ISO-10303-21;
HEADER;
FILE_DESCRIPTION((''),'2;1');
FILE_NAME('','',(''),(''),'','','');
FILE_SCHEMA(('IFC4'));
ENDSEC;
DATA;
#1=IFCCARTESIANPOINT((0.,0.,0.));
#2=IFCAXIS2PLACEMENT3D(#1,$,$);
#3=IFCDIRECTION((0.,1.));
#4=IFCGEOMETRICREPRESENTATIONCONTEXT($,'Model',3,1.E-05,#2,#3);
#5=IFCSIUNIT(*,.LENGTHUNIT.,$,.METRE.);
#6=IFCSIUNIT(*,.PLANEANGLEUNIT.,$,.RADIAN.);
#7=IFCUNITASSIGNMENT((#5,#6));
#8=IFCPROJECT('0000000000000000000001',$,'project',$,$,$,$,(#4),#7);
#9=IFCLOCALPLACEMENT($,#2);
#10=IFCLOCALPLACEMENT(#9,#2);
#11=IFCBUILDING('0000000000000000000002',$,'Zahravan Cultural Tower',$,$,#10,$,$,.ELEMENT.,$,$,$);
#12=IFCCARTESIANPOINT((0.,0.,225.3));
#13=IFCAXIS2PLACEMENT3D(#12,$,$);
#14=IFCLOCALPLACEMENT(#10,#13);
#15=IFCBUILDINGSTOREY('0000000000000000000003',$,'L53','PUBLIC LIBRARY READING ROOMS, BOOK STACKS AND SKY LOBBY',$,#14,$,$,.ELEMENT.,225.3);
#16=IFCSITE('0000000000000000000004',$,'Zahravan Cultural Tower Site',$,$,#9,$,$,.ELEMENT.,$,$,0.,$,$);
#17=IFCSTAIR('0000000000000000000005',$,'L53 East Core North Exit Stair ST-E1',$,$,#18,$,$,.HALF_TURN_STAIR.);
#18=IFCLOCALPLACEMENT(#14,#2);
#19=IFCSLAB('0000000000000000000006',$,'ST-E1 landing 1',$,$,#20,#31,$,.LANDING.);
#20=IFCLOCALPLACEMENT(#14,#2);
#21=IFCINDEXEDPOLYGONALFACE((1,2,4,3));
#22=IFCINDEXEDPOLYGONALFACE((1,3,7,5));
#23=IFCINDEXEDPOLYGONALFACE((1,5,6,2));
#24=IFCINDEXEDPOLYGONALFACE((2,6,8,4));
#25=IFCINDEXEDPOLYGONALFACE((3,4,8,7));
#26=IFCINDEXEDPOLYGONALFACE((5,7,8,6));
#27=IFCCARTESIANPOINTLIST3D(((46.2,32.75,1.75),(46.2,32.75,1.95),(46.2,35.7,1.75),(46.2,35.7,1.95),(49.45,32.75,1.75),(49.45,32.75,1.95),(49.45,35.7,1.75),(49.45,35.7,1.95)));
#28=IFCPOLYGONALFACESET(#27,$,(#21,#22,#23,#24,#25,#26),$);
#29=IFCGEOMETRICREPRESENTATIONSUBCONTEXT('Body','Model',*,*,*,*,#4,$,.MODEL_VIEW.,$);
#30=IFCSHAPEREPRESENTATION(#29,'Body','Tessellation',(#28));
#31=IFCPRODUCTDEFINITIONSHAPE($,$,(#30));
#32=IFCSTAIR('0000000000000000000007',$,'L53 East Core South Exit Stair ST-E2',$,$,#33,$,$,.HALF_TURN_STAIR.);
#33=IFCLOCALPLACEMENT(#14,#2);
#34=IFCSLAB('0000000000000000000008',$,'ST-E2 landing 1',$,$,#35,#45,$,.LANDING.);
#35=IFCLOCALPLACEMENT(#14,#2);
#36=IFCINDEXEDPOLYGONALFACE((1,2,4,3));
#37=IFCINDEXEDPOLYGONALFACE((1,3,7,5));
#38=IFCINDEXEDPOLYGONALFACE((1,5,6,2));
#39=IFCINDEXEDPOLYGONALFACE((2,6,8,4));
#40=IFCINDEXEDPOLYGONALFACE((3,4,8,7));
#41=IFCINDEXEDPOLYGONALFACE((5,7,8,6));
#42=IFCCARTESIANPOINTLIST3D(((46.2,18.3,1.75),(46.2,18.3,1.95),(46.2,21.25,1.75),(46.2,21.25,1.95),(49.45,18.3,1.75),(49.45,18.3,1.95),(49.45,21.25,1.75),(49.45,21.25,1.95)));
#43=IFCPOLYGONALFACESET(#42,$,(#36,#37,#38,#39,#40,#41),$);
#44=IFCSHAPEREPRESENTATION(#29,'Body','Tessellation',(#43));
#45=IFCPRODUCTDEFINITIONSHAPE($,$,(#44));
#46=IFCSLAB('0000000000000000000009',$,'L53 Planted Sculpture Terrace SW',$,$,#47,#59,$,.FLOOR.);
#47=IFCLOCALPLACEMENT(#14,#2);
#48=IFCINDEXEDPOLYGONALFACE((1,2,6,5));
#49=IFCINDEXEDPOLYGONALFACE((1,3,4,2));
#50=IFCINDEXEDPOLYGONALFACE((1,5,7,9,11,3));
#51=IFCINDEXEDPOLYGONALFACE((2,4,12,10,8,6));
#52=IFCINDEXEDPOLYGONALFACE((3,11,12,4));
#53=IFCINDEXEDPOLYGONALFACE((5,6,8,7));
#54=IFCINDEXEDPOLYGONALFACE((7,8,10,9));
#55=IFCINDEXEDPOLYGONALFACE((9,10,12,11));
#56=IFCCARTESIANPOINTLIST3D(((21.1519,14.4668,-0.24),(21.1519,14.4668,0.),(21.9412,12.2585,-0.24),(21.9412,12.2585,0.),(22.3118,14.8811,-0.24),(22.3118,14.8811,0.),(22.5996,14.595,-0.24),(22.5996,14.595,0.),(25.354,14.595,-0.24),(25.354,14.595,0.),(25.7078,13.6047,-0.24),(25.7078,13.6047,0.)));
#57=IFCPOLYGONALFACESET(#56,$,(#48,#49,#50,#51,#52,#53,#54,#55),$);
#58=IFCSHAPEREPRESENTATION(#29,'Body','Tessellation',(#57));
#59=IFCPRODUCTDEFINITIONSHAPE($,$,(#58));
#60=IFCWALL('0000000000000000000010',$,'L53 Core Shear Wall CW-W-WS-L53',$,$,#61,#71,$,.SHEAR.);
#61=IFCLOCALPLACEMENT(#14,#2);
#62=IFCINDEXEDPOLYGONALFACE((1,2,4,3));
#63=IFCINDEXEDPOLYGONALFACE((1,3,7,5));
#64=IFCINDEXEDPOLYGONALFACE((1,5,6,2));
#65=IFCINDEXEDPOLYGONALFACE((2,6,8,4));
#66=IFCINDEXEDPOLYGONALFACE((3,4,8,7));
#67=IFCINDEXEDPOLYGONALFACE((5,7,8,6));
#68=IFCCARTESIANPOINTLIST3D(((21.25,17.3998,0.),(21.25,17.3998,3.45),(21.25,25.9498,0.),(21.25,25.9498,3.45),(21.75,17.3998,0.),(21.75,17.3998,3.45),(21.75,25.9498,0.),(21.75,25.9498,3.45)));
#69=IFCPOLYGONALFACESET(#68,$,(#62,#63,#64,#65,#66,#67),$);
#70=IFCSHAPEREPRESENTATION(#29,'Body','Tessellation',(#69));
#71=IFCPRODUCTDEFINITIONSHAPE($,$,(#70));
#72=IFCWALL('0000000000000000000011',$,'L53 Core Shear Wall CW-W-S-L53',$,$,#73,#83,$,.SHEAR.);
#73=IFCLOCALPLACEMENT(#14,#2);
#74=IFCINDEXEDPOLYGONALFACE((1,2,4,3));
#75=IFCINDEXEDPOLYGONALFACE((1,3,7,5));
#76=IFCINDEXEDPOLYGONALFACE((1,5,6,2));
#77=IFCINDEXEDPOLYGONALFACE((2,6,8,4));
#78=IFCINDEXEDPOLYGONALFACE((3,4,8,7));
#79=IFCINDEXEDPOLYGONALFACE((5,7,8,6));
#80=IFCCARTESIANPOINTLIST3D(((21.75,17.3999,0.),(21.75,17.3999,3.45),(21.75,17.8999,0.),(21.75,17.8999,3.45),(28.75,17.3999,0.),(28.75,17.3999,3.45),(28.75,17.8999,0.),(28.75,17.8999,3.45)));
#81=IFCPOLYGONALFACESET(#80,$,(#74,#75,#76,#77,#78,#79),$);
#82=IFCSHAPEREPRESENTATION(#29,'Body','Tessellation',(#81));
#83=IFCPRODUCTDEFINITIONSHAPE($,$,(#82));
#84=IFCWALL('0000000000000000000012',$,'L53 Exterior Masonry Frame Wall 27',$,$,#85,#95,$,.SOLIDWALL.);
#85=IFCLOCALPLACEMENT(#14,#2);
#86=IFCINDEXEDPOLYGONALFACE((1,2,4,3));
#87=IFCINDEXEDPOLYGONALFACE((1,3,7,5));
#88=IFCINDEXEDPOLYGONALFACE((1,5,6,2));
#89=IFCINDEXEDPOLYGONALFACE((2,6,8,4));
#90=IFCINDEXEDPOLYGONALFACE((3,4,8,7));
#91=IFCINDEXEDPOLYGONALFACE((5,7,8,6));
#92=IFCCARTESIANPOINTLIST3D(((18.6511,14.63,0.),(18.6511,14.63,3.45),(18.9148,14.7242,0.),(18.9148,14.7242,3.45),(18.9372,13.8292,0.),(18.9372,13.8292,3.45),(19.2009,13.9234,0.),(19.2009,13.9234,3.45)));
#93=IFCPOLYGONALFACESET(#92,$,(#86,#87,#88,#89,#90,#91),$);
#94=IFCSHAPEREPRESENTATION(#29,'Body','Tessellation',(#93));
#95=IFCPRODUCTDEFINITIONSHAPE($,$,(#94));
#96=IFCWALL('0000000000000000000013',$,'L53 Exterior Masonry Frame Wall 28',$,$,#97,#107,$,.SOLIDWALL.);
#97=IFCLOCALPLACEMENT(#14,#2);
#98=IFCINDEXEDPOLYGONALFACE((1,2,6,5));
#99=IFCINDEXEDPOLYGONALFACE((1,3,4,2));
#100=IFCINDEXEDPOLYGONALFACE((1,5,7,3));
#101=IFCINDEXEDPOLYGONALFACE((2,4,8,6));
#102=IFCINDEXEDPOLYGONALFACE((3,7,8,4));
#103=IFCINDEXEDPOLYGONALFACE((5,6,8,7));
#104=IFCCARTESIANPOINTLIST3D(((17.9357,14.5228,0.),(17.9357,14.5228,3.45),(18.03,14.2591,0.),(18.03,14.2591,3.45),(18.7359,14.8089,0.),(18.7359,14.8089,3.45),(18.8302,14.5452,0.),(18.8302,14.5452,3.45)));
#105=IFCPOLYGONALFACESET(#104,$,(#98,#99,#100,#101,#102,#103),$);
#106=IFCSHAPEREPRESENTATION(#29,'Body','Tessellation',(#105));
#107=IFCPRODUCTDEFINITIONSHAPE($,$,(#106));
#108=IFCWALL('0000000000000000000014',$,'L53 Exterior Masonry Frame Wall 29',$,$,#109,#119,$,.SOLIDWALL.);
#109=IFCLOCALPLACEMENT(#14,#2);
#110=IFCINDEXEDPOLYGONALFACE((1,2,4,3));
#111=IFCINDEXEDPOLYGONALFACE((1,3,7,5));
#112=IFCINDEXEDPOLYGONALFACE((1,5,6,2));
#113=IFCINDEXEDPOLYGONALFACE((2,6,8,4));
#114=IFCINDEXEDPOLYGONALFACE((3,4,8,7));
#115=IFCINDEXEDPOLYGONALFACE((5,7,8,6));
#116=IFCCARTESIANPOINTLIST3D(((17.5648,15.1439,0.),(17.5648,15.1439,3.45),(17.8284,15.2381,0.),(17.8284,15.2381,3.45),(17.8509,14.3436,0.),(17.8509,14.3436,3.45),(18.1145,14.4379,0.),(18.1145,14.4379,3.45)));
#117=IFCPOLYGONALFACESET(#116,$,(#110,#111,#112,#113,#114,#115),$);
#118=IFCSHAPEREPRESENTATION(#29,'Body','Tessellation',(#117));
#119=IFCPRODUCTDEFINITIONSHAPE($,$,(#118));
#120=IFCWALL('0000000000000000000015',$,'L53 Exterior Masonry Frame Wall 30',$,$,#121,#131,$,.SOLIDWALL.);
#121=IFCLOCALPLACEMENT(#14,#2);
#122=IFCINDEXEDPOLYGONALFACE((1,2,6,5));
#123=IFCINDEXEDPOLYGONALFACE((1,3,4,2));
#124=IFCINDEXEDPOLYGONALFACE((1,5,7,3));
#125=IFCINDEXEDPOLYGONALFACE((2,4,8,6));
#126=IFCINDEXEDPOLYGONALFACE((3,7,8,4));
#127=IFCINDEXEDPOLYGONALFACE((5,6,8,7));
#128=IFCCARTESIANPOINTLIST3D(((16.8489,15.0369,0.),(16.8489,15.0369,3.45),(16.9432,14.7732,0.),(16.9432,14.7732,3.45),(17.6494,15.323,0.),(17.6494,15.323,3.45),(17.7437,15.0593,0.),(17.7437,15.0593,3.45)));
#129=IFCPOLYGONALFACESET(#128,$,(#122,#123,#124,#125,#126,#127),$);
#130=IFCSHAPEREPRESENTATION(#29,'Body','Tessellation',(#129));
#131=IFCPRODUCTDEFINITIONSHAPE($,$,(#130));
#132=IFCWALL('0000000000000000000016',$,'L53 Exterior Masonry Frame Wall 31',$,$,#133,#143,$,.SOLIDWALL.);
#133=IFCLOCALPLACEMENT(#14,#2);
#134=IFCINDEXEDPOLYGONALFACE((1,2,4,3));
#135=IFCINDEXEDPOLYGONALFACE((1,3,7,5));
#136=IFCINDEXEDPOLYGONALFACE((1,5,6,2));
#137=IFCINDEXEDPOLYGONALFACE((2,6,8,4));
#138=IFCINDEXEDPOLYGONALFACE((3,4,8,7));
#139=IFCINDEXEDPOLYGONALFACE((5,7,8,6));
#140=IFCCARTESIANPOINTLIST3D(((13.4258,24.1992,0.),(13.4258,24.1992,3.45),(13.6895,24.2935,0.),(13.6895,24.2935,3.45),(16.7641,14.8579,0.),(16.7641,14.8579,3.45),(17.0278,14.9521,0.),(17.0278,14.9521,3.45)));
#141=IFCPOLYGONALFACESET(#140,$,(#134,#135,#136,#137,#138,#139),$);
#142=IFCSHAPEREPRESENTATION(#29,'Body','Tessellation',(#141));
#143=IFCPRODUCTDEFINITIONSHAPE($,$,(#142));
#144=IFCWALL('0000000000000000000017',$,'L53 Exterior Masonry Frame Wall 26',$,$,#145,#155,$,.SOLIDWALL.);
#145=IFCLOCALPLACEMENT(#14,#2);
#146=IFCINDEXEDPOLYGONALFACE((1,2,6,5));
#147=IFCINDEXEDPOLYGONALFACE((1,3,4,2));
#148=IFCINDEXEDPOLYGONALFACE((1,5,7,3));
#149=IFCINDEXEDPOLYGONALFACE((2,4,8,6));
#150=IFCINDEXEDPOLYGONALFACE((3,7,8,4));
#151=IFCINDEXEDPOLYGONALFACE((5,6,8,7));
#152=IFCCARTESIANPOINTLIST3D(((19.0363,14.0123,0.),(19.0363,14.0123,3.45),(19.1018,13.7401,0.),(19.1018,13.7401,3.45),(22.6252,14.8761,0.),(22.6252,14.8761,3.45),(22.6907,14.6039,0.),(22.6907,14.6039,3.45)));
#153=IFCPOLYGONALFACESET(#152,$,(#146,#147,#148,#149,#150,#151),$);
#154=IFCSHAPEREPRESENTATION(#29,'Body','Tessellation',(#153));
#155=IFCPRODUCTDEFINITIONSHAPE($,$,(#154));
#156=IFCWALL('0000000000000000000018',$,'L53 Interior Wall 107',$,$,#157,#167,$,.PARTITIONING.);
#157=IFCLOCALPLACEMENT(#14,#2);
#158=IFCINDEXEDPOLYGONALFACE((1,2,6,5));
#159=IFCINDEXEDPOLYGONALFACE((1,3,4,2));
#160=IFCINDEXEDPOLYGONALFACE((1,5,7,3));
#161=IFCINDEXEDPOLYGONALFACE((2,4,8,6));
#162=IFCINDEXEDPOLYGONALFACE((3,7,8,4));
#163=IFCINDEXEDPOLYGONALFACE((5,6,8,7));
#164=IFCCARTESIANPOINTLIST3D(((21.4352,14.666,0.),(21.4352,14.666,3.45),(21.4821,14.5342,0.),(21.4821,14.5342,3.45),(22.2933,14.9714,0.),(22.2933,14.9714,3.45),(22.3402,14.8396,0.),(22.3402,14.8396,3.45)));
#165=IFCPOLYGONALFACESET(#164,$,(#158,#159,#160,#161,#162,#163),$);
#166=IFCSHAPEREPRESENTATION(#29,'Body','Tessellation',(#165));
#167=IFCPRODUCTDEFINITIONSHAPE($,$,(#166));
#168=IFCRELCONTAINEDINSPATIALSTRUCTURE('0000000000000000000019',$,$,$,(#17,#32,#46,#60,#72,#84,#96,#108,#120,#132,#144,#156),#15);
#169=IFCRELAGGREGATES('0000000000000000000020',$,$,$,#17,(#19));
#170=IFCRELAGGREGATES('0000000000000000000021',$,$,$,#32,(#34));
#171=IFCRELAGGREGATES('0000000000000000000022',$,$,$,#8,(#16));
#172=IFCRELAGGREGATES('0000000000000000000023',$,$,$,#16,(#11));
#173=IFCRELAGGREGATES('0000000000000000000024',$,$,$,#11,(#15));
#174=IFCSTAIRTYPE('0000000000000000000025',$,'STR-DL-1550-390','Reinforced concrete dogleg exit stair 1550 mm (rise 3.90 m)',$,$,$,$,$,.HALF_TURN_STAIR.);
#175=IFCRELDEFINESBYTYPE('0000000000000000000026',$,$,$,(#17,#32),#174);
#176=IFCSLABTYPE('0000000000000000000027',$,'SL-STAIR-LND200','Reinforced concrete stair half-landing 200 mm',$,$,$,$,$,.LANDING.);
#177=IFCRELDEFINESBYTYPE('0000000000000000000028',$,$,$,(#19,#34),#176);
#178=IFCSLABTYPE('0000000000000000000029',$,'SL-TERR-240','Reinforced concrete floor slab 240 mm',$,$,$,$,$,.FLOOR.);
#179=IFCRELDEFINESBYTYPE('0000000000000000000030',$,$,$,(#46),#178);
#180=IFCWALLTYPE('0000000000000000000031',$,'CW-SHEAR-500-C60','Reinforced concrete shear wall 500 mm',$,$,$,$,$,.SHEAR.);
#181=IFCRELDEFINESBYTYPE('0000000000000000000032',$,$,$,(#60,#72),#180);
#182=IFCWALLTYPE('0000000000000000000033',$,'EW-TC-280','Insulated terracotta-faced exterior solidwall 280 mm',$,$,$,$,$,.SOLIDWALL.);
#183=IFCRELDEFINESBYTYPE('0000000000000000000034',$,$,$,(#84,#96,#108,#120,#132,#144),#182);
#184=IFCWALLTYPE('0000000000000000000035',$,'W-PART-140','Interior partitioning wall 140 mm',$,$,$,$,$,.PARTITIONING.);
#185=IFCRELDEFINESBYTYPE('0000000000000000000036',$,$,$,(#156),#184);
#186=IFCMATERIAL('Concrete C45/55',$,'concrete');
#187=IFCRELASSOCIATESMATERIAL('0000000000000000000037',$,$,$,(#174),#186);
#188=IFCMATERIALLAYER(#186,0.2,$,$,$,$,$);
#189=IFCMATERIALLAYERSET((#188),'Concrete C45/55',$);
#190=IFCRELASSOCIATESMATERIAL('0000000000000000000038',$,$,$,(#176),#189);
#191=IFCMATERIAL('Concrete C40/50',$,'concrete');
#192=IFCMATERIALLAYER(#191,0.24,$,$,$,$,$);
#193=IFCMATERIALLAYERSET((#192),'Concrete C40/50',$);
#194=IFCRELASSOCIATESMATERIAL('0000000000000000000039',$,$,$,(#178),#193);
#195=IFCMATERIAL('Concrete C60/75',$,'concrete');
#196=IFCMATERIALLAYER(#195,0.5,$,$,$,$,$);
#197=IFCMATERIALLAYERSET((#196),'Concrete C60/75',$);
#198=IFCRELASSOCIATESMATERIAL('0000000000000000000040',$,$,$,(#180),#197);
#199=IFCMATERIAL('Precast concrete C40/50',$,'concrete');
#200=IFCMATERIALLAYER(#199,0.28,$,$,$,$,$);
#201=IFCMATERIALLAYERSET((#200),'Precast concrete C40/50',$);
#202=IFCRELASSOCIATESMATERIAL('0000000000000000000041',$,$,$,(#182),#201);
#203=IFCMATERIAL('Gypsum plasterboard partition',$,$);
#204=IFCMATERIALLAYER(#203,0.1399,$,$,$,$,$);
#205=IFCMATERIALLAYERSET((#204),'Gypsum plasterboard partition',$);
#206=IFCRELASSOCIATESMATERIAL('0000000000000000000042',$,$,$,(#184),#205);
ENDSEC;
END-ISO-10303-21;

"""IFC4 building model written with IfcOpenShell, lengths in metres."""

from ifc_helpers import new_model, si_unit, direction, frame, frame_2d, origin, place, context, subcontext, project, spatial, polyline, rectangle, outline, extrude, source, transform, mapped, material, layer, layer_set, type_object, element, aggregate, save


model = new_model("IFC4")

# Units and contexts
model_context = context("Model", 3, precision=1e-05, world=origin(), true_north=direction((0.0, 1.0)))
body_context = subcontext(model_context, "Body", "Model", "MODEL_VIEW")
ifc_project = project(units=[si_unit("LENGTHUNIT", "METRE"), si_unit("PLANEANGLEUNIT", "RADIAN")], contexts=[model_context])

# Site, building, storey
site_placement = place(None, origin())
site = spatial("IfcSite", under=ifc_project, at=site_placement, Name="Zahravan Cultural Tower Site", CompositionType="ELEMENT", RefElevation=0.0)
building_placement = place(site_placement, origin())
building = spatial("IfcBuilding", under=site, at=building_placement, Name="Zahravan Cultural Tower", CompositionType="ELEMENT")
storey_placement = place(building_placement, frame((0.0, 0.0, 225.3)))
storey = spatial("IfcBuildingStorey", under=building, at=storey_placement, Name="L53", Description="PUBLIC LIBRARY READING ROOMS, BOOK STACKS AND SKY LOBBY", CompositionType="ELEMENT", Elevation=225.3)

# Shared definitions
ifc_material_1 = material(Name="Concrete C45/55", Category="concrete")

# Stairs, slabs
stair_type = type_object("IfcStairType", Name="STR-DL-1550-390", Description="Reinforced concrete dogleg exit stair 1550 mm (rise 3.90 m)", PredefinedType="HALF_TURN_STAIR", material=ifc_material_1)
ifc_layer_1 = layer(ifc_material_1, 0.2)
ifc_layer_set_1 = layer_set([ifc_layer_1], Name="Concrete C45/55")
slab_type_1 = type_object("IfcSlabType", Name="SL-STAIR-LND200", Description="Reinforced concrete stair half-landing 200 mm", PredefinedType="LANDING", material=ifc_layer_set_1)
stair_1_placement = place(storey_placement, origin())
stair_1 = element("IfcStair", 1, at=stair_1_placement, inside=storey, type_object=stair_type, Name="L53 East Core North Exit Stair ST-E1", PredefinedType="HALF_TURN_STAIR")
slab_1_placement = place(storey_placement, frame((0.0, 0.0, 1.75)))
slab_1 = element("IfcSlab", 2, at=slab_1_placement, type_object=slab_type_1, Name="ST-E1 landing 1", PredefinedType="LANDING", context=body_context, shape_type="SweptSolid", body=[
    extrude(outline(polyline([(49.45, 32.75), (49.45, 35.7), (46.2, 35.7), (46.2, 32.75), (49.45, 32.75)])), origin(), (0.0, 0.0, 1.0), 0.2),
])
aggregate(stair_1, [slab_1])
stair_2_placement = place(storey_placement, origin())
stair_2 = element("IfcStair", 3, at=stair_2_placement, inside=storey, type_object=stair_type, Name="L53 East Core South Exit Stair ST-E2", PredefinedType="HALF_TURN_STAIR")
slab_2_placement = place(storey_placement, frame((0.0, 0.0, 1.75)))
slab_2 = element("IfcSlab", 4, at=slab_2_placement, type_object=slab_type_1, Name="ST-E2 landing 1", PredefinedType="LANDING", context=body_context, shape_type="SweptSolid", body=[
    extrude(outline(polyline([(46.2, 21.25), (46.2, 18.3), (49.45, 18.3), (49.45, 21.25), (46.2, 21.25)])), origin(), (0.0, 0.0, 1.0), 0.2),
])
aggregate(stair_2, [slab_2])

# Slab
ifc_material_2 = material(Name="Concrete C40/50", Category="concrete")
ifc_layer_2 = layer(ifc_material_2, 0.24)
ifc_layer_set_2 = layer_set([ifc_layer_2], Name="Concrete C40/50")
slab_type_2 = type_object("IfcSlabType", Name="SL-TERR-240", Description="Reinforced concrete floor slab 240 mm", PredefinedType="FLOOR", material=ifc_layer_set_2)
slab_3_placement = place(storey_placement, frame((0.0, 0.0, -0.24)))
element("IfcSlab", 5, at=slab_3_placement, inside=storey, type_object=slab_type_2, Name="L53 Planted Sculpture Terrace SW", PredefinedType="FLOOR", context=body_context, shape_type="SweptSolid", body=[
    extrude(outline(polyline([(25.7078, 13.6047), (25.354, 14.595), (22.5996, 14.595), (22.3118, 14.8811), (21.1519, 14.4668), (21.9412, 12.2585), (25.7078, 13.6047)])), origin(), (0.0, 0.0, 1.0), 0.24),
])

# Walls
ifc_material_3 = material(Name="Concrete C60/75", Category="concrete")
ifc_layer_3 = layer(ifc_material_3, 0.5)
ifc_layer_set_3 = layer_set([ifc_layer_3], Name="Concrete C60/75")
wall_type_1 = type_object("IfcWallType", Name="CW-SHEAR-500-C60", Description="Reinforced concrete shear wall 500 mm", PredefinedType="SHEAR", material=ifc_layer_set_3)
shared_shape_1 = source(origin(), body_context, "Body", "SweptSolid", [
    extrude(rectangle(XDim=8.55, YDim=0.5, at=frame_2d((4.2749, 0.0))), origin(), (0.0, 0.0, 1.0), 3.45),
])
wall_1_placement = place(storey_placement, frame((21.5, 17.3999, 0.0), z_axis=(0.0, 0.0, 1.0), x_axis=(0.0, 1.0, 0.0)))
element("IfcWall", 6, at=wall_1_placement, inside=storey, type_object=wall_type_1, Name="L53 Core Shear Wall CW-W-WS-L53", PredefinedType="SHEAR", context=body_context, shape_type="MappedRepresentation", body=[
    mapped(shared_shape_1, transform((0.0, 0.0, 0.0), x_axis=(1.0, 0.0, 0.0), y_axis=(0.0, 1.0, 0.0), z_axis=(0.0, 0.0, 1.0), scale=1.0)),
])
shared_shape_2 = source(origin(), body_context, "Body", "SweptSolid", [
    extrude(rectangle(XDim=7.0, YDim=0.5, at=frame_2d((3.5, 0.0))), origin(), (0.0, 0.0, 1.0), 3.45),
])
wall_2_placement = place(storey_placement, frame((21.75, 17.6499, 0.0), z_axis=(0.0, 0.0, 1.0), x_axis=(1.0, 0.0, 0.0)))
element("IfcWall", 7, at=wall_2_placement, inside=storey, type_object=wall_type_1, Name="L53 Core Shear Wall CW-W-S-L53", PredefinedType="SHEAR", context=body_context, shape_type="MappedRepresentation", body=[
    mapped(shared_shape_2, transform((0.0, 0.0, 0.0), x_axis=(1.0, 0.0, 0.0), y_axis=(0.0, 1.0, 0.0), z_axis=(0.0, 0.0, 1.0), scale=1.0)),
])
ifc_material_4 = material(Name="Precast concrete C40/50", Category="concrete")
ifc_layer_4 = layer(ifc_material_4, 0.28)
ifc_layer_set_4 = layer_set([ifc_layer_4], Name="Precast concrete C40/50")
wall_type_2 = type_object("IfcWallType", Name="EW-TC-280", Description="Insulated terracotta-faced exterior solidwall 280 mm", PredefinedType="SOLIDWALL", material=ifc_layer_set_4)
shared_shape_3 = source(origin(), body_context, "Body", "SweptSolid", [
    extrude(rectangle(XDim=0.8503, YDim=0.28, at=frame_2d((0.4253, 0.0))), origin(), (0.0, 0.0, 1.0), 3.45),
])
wall_3_placement = place(storey_placement, frame((19.0691, 13.8762, 0.0), z_axis=(0.0, 0.0, 1.0), x_axis=(-0.336482, 0.94169, 0.0)))
element("IfcWall", 8, at=wall_3_placement, inside=storey, type_object=wall_type_2, Name="L53 Exterior Masonry Frame Wall 27", PredefinedType="SOLIDWALL", context=body_context, shape_type="MappedRepresentation", body=[
    mapped(shared_shape_3, transform((0.0, 0.0, 0.0), x_axis=(1.0, 0.0, 0.0), y_axis=(0.0, 1.0, 0.0), z_axis=(0.0, 0.0, 1.0), scale=1.0)),
])
shared_shape_4 = source(origin(), body_context, "Body", "SweptSolid", [
    extrude(rectangle(XDim=0.8499, YDim=0.28, at=frame_2d((0.4248, 0.0))), origin(), (0.0, 0.0, 1.0), 3.45),
])
for number, where, z_axis, x_axis, name in (
    (9, (18.783, 14.677, 0.0), (0.0, 0.0, 1.0), (-0.941625, -0.336664, 0.0), "L53 Exterior Masonry Frame Wall 28"),
    (10, (17.9827, 14.3909, 0.0), (0.0, 0.0, 1.0), (-0.336664, 0.941625, 0.0), "L53 Exterior Masonry Frame Wall 29"),
):
    element("IfcWall", number, at=place(storey_placement, frame(where, z_axis=z_axis, x_axis=x_axis)), inside=storey, type_object=wall_type_2, Name=name, PredefinedType="SOLIDWALL", context=body_context, shape_type="MappedRepresentation", body=[
        mapped(shared_shape_4, transform((0.0, 0.0, 0.0), x_axis=(1.0, 0.0, 0.0), y_axis=(0.0, 1.0, 0.0), z_axis=(0.0, 0.0, 1.0), scale=1.0)),
    ])
shared_shape_5 = source(origin(), body_context, "Body", "SweptSolid", [
    extrude(rectangle(XDim=0.8501, YDim=0.28, at=frame_2d((0.425, 0.0))), origin(), (0.0, 0.0, 1.0), 3.45),
])
wall_4_placement = place(storey_placement, frame((17.6965, 15.1912, 0.0), z_axis=(0.0, 0.0, 1.0), x_axis=(-0.941657, -0.336573, 0.0)))
element("IfcWall", 11, at=wall_4_placement, inside=storey, type_object=wall_type_2, Name="L53 Exterior Masonry Frame Wall 30", PredefinedType="SOLIDWALL", context=body_context, shape_type="MappedRepresentation", body=[
    mapped(shared_shape_5, transform((0.0, 0.0, 0.0), x_axis=(1.0, 0.0, 0.0), y_axis=(0.0, 1.0, 0.0), z_axis=(0.0, 0.0, 1.0), scale=1.0)),
])
shared_shape_6 = source(origin(), body_context, "Body", "SweptSolid", [
    extrude(rectangle(XDim=9.9199, YDim=0.28, at=frame_2d((4.96, 0.0))), origin(), (0.0, 0.0, 1.0), 3.45),
])
wall_5_placement = place(storey_placement, frame((16.896, 14.905, 0.0), z_axis=(0.0, 0.0, 1.0), x_axis=(-0.336533, 0.941672, 0.0)))
element("IfcWall", 12, at=wall_5_placement, inside=storey, type_object=wall_type_2, Name="L53 Exterior Masonry Frame Wall 31", PredefinedType="SOLIDWALL", context=body_context, shape_type="MappedRepresentation", body=[
    mapped(shared_shape_6, transform((0.0, 0.0, 0.0), x_axis=(1.0, 0.0, 0.0), y_axis=(0.0, 1.0, 0.0), z_axis=(0.0, 0.0, 1.0), scale=1.0)),
])
shared_shape_7 = source(origin(), body_context, "Body", "SweptSolid", [
    extrude(rectangle(XDim=3.6914, YDim=0.28, at=frame_2d((1.8457, 0.0))), origin(), (0.0, 0.0, 1.0), 3.45),
])
wall_6_placement = place(storey_placement, frame((22.658, 14.74, 0.0), z_axis=(0.0, 0.0, 1.0), x_axis=(-0.972237, -0.233998, 0.0)))
element("IfcWall", 13, at=wall_6_placement, inside=storey, type_object=wall_type_2, Name="L53 Exterior Masonry Frame Wall 26", PredefinedType="SOLIDWALL", context=body_context, shape_type="MappedRepresentation", body=[
    mapped(shared_shape_7, transform((0.0, 0.0, 0.0), x_axis=(1.0, 0.0, 0.0), y_axis=(0.0, 1.0, 0.0), z_axis=(0.0, 0.0, 1.0), scale=1.0)),
])
ifc_material_5 = material(Name="Gypsum plasterboard partition")
ifc_layer_5 = layer(ifc_material_5, 0.1399)
ifc_layer_set_5 = layer_set([ifc_layer_5], Name="Gypsum plasterboard partition")
wall_type_3 = type_object("IfcWallType", Name="W-PART-140", Description="Interior partitioning wall 140 mm", PredefinedType="PARTITIONING", material=ifc_layer_set_5)
shared_shape_8 = source(origin(), body_context, "Body", "SweptSolid", [
    extrude(rectangle(XDim=0.9109, YDim=0.1399, at=frame_2d((0.4556, 0.0))), origin(), (0.0, 0.0, 1.0), 3.45),
])
wall_7_placement = place(storey_placement, frame((22.3169, 14.9055, 0.0), z_axis=(0.0, 0.0, 1.0), x_axis=(-0.942111, -0.3353, 0.0)))
element("IfcWall", 14, at=wall_7_placement, inside=storey, type_object=wall_type_3, Name="L53 Interior Wall 107", PredefinedType="PARTITIONING", context=body_context, shape_type="MappedRepresentation", body=[
    mapped(shared_shape_8, transform((0.0, 0.0, 0.0), x_axis=(1.0, 0.0, 0.0), y_axis=(0.0, 1.0, 0.0), z_axis=(0.0, 0.0, 1.0), scale=1.0)),
])

save(model, "model.ifc")
